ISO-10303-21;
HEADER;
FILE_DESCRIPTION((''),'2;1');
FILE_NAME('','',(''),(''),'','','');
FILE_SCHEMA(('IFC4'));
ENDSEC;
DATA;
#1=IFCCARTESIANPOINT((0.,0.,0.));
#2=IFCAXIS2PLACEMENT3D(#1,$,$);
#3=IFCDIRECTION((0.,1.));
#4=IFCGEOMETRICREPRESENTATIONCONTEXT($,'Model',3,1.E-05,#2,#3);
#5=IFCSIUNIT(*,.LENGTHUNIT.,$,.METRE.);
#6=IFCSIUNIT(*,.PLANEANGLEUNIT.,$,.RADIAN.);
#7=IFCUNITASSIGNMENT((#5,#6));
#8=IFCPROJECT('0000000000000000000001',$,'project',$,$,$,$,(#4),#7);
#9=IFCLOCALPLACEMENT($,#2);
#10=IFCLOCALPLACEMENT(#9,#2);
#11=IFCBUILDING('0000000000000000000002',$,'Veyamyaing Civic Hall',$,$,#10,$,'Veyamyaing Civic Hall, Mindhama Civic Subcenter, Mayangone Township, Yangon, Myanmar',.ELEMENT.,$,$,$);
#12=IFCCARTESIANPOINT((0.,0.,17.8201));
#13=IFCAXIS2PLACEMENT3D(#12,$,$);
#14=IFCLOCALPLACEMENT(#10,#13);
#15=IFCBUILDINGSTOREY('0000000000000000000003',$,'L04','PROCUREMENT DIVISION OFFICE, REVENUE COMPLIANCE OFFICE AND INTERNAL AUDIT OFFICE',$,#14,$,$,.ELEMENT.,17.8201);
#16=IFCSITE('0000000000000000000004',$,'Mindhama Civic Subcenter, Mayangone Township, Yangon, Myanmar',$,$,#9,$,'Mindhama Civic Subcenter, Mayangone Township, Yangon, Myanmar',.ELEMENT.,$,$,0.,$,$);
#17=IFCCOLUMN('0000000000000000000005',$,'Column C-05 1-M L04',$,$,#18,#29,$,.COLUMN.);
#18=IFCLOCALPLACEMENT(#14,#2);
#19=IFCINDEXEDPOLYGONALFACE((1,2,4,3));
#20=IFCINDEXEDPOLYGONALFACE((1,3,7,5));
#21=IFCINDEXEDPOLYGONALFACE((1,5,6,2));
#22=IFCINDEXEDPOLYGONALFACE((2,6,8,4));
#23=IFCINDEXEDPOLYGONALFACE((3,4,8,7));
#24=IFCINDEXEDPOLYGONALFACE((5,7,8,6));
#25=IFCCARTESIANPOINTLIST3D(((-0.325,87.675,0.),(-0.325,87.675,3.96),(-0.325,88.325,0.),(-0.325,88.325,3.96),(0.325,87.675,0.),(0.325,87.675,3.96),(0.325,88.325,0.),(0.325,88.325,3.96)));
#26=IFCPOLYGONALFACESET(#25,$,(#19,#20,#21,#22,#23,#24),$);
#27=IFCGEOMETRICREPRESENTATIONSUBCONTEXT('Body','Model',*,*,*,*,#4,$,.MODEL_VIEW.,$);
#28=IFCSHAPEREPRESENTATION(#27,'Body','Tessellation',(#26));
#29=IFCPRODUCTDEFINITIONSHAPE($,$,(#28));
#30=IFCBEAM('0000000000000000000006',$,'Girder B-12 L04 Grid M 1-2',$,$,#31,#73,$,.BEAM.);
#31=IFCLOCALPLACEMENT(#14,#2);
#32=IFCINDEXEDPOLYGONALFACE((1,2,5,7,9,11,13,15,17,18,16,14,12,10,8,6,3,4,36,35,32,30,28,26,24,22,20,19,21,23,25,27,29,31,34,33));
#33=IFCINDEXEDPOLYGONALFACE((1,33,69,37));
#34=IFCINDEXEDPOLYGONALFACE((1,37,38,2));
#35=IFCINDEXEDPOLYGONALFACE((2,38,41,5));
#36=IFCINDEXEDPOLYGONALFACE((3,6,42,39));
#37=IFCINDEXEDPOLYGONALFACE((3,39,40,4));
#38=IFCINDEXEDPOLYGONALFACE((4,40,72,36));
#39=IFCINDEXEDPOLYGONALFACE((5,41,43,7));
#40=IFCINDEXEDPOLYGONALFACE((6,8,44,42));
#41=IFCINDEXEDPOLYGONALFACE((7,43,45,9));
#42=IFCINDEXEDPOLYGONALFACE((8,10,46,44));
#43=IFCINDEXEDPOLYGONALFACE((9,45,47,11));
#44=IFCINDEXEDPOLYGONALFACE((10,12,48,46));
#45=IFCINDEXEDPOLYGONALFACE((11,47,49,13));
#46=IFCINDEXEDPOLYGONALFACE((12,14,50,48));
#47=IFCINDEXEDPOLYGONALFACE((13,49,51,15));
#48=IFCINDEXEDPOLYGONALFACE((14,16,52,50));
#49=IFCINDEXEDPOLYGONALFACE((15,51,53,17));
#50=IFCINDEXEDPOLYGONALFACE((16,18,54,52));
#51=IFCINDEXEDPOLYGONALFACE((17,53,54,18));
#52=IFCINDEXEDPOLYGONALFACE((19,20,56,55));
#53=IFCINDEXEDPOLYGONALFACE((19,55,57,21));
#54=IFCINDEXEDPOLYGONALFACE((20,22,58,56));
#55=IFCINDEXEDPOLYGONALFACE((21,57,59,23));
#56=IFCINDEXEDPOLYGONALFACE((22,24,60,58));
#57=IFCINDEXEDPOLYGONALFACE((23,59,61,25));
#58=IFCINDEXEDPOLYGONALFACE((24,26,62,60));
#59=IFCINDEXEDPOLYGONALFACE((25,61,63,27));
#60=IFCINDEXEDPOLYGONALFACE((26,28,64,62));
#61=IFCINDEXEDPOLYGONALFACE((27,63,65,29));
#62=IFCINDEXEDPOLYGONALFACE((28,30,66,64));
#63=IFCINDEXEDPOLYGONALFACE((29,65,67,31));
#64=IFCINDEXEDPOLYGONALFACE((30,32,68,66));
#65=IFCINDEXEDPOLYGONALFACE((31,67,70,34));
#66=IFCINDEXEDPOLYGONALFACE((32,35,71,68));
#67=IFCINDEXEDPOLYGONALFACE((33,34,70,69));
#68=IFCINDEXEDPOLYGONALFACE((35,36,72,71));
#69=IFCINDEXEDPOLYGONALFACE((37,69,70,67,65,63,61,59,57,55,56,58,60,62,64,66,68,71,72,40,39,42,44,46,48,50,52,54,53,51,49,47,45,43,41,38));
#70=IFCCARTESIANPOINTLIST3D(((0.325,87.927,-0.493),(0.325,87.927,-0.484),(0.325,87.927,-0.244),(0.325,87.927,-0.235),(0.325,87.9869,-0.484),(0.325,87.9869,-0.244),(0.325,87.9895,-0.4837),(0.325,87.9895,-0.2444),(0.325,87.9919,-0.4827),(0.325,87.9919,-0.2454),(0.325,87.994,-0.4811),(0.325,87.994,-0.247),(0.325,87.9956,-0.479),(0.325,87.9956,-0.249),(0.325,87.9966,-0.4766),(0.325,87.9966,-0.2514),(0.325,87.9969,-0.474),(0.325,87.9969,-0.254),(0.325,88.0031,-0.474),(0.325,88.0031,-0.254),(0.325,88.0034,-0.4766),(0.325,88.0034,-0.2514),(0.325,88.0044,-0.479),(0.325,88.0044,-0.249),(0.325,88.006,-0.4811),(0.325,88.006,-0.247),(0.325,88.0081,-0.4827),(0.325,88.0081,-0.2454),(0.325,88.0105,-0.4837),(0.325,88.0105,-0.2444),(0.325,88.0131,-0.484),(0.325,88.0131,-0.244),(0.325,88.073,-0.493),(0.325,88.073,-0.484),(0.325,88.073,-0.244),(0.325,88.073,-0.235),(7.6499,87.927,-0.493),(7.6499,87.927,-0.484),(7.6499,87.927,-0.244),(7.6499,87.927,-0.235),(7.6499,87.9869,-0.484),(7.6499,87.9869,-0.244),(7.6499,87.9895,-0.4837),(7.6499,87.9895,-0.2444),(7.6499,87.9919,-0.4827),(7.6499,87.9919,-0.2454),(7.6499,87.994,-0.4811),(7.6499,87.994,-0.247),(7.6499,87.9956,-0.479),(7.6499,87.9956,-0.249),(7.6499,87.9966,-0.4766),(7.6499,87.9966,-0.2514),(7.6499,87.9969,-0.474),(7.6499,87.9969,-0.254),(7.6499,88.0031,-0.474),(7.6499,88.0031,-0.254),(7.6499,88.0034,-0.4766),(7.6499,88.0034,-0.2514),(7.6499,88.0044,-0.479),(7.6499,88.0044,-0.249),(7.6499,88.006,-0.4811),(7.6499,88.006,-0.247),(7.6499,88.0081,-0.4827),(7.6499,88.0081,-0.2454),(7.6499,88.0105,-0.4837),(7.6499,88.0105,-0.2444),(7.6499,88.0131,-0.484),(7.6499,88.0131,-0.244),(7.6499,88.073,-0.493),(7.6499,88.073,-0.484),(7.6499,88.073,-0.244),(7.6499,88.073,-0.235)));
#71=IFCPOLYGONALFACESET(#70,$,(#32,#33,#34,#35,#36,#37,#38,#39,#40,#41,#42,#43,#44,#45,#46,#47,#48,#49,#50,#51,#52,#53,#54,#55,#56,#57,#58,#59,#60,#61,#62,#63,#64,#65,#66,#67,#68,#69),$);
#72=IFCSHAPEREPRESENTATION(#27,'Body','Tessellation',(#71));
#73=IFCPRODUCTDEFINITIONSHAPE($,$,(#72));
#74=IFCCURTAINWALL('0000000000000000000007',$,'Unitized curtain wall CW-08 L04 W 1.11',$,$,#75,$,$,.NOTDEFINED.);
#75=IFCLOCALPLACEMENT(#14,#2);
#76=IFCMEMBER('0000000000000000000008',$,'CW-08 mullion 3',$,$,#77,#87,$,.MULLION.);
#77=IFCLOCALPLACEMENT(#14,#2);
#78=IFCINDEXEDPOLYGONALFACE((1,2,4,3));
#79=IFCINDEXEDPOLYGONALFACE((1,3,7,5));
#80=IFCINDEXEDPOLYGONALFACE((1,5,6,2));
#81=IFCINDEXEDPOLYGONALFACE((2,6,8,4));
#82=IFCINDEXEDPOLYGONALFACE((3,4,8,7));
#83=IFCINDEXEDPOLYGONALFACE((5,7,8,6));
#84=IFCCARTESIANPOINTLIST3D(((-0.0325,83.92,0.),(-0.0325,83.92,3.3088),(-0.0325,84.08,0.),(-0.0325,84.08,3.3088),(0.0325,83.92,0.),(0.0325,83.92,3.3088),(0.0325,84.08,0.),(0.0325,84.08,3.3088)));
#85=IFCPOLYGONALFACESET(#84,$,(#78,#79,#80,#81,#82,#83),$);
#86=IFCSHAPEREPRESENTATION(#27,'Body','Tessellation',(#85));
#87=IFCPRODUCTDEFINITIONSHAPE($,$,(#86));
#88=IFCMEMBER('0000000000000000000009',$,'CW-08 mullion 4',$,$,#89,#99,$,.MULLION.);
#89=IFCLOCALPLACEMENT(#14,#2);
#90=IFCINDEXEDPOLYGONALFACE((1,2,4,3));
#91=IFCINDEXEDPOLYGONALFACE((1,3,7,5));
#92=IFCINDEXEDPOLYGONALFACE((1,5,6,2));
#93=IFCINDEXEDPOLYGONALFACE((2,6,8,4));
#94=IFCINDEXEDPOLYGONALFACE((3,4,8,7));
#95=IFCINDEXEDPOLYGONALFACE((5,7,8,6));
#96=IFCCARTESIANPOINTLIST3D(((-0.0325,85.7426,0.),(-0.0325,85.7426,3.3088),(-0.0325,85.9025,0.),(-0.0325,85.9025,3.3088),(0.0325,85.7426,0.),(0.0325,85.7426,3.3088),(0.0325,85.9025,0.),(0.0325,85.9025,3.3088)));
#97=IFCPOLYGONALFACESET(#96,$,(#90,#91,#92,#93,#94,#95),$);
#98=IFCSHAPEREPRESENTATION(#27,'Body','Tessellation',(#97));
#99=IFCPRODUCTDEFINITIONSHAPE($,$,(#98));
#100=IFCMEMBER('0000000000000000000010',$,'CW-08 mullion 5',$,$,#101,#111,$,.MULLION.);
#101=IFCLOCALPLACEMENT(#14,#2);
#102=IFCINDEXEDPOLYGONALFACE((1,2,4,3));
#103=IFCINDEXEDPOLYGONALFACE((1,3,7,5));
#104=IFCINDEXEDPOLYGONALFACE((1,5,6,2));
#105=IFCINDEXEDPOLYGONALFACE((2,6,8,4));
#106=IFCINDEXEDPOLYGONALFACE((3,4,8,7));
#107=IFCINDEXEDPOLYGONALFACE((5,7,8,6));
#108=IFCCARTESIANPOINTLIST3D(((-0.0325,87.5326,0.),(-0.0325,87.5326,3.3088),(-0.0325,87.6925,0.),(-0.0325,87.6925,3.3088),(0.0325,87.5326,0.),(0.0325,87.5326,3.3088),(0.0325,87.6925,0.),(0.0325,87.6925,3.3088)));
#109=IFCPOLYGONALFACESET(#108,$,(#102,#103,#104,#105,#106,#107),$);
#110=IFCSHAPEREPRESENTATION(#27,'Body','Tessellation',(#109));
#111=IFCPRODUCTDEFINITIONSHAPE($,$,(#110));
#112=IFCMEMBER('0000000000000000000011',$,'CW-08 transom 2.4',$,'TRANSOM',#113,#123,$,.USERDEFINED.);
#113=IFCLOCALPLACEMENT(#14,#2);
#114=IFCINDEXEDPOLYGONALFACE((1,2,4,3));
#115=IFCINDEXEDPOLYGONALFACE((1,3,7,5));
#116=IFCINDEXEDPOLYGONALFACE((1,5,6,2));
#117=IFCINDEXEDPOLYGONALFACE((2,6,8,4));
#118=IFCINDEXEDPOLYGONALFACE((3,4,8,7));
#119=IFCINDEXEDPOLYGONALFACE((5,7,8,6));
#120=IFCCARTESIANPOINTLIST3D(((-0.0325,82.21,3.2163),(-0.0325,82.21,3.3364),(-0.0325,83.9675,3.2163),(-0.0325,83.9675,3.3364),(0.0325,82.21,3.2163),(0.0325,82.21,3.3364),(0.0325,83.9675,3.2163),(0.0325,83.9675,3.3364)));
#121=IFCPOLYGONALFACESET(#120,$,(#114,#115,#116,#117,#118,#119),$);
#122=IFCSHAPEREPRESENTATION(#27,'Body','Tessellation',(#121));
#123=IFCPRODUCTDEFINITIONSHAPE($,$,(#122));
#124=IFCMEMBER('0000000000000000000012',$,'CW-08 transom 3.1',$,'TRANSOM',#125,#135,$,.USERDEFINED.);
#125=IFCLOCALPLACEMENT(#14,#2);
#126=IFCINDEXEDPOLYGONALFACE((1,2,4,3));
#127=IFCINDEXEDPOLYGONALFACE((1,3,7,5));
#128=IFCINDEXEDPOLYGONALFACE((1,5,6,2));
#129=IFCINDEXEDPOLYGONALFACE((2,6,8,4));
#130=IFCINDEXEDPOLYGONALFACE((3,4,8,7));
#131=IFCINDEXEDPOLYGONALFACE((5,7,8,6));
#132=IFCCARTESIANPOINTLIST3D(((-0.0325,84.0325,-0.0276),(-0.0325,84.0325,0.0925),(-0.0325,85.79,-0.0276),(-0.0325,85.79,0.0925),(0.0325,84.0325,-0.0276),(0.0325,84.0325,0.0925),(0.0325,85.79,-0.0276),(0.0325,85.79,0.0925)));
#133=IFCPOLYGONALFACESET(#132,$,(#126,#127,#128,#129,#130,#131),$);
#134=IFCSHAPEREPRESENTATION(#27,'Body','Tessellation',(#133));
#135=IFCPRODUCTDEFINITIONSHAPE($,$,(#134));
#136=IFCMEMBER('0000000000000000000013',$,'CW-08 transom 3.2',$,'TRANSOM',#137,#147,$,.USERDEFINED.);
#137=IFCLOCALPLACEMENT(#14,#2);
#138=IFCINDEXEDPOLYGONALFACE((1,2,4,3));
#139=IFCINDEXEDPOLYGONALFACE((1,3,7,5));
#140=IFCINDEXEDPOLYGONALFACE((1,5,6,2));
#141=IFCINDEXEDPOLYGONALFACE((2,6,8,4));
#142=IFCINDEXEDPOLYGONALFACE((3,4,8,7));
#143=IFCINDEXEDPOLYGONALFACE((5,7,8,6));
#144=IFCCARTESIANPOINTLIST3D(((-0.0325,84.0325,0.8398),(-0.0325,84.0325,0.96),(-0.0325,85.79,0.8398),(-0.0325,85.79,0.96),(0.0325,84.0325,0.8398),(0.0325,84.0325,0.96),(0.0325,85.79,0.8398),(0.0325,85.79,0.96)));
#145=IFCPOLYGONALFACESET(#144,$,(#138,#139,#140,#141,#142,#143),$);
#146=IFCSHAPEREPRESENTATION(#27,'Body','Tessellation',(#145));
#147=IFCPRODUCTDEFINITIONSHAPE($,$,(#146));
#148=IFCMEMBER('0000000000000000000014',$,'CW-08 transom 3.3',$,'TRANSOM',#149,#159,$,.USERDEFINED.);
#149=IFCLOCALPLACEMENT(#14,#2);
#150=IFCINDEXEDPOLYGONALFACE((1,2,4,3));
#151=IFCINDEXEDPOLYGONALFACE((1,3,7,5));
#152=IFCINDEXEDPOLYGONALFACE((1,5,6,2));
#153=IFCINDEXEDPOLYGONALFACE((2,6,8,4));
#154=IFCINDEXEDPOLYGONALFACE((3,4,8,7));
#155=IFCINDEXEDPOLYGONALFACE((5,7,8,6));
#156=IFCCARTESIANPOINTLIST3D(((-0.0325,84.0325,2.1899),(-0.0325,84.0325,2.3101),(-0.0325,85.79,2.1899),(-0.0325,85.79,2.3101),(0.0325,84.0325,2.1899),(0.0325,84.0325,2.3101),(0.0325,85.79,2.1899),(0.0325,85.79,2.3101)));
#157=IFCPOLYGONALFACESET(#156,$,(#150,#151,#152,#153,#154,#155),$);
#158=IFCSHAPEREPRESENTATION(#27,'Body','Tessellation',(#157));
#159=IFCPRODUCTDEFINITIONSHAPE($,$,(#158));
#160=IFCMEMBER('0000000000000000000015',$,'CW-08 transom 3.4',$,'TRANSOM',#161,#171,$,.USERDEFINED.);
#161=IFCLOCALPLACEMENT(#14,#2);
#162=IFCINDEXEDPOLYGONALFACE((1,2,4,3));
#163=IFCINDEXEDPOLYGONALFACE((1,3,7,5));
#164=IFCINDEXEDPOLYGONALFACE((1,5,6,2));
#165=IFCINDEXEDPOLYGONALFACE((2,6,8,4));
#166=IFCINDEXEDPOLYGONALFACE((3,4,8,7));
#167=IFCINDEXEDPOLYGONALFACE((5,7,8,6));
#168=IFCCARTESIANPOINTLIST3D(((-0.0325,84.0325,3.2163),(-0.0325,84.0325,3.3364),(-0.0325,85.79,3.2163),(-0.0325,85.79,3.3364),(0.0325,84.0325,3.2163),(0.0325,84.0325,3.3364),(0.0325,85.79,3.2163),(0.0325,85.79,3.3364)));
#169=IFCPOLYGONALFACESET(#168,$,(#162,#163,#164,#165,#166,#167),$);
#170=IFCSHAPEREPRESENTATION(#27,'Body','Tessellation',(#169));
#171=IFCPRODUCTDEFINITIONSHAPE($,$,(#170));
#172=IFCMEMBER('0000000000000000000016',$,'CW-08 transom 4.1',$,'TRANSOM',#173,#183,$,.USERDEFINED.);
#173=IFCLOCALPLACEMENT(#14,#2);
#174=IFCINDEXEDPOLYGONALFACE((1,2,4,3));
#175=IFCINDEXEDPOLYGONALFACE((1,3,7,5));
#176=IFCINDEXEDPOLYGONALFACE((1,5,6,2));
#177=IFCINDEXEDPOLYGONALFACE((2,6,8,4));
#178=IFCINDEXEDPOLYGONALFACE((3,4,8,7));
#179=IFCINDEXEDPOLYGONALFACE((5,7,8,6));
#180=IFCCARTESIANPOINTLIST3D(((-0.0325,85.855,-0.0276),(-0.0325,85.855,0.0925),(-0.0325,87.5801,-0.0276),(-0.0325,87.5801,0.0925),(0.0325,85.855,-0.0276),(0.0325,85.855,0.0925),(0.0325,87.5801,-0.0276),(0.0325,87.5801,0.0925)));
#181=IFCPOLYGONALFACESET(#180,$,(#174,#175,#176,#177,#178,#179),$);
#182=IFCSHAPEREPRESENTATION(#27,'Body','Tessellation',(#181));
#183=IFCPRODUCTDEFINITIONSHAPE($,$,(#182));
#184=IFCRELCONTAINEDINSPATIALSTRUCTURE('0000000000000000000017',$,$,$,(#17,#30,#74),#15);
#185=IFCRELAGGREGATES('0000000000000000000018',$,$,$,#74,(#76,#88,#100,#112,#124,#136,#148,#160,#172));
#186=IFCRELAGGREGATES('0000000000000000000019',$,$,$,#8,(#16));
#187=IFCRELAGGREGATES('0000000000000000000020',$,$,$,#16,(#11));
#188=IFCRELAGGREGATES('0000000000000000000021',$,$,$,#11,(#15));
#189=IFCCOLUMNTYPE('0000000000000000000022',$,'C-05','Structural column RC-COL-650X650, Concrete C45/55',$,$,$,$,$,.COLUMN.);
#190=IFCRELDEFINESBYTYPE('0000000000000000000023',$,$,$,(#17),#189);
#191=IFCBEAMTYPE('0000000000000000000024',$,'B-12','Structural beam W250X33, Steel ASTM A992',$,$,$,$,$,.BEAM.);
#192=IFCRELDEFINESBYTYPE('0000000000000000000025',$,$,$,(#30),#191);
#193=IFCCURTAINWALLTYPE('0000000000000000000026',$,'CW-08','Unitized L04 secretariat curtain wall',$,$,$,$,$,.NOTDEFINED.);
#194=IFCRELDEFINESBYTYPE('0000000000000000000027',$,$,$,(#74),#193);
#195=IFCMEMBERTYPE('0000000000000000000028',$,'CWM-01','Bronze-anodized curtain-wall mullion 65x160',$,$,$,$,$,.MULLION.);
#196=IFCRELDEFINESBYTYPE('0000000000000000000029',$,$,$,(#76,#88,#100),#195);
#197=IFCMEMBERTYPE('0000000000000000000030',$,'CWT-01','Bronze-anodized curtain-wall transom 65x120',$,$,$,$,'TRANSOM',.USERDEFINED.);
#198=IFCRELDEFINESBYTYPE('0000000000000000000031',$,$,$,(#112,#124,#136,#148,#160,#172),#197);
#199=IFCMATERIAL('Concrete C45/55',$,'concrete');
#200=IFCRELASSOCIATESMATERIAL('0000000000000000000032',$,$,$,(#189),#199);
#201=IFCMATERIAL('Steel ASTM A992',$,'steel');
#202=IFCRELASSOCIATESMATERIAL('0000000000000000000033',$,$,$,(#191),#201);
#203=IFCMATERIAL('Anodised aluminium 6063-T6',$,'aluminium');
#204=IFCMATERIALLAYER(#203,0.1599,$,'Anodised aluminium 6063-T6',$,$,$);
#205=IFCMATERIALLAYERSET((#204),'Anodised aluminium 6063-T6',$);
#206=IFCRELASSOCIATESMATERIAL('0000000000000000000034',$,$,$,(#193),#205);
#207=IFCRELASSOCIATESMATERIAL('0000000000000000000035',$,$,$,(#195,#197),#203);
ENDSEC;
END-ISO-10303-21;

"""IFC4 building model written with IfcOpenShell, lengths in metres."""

from ifc_helpers import new_model, si_unit, direction, frame, origin, origin_2d, place, context, subcontext, project, spatial, rectangle, i_section, extrude, material, layer, layer_set, material_profile, profile_set, type_object, element, aggregate, save


model = new_model("IFC4")

# Units and contexts
model_context = context("Model", 3, precision=1e-05, world=origin(), true_north=direction((0.0, 1.0)))
body_context = subcontext(model_context, "Body", "Model", "MODEL_VIEW")
ifc_project = project(units=[si_unit("LENGTHUNIT", "METRE"), si_unit("PLANEANGLEUNIT", "RADIAN")], contexts=[model_context])

# Site, building, storey
site_placement = place(None, origin())
site = spatial("IfcSite", under=ifc_project, at=site_placement, Name="Mindhama Civic Subcenter, Mayangone Township, Yangon, Myanmar", LongName="Mindhama Civic Subcenter, Mayangone Township, Yangon, Myanmar", CompositionType="ELEMENT", RefElevation=0.0)
building_placement = place(site_placement, origin())
building = spatial("IfcBuilding", under=site, at=building_placement, Name="Veyamyaing Civic Hall", LongName="Veyamyaing Civic Hall, Mindhama Civic Subcenter, Mayangone Township, Yangon, Myanmar", CompositionType="ELEMENT")
storey_placement = place(building_placement, frame((0.0, 0.0, 17.8201)))
storey = spatial("IfcBuildingStorey", under=building, at=storey_placement, Name="L04", Description="PROCUREMENT DIVISION OFFICE, REVENUE COMPLIANCE OFFICE AND INTERNAL AUDIT OFFICE", CompositionType="ELEMENT", Elevation=17.8201)

# Column
ifc_material_1 = material(Name="Concrete C45/55", Category="concrete")
ifc_material_profile_1 = material_profile(ifc_material_1, rectangle(XDim=0.6499, YDim=0.6499, at=origin_2d()), Name="RC-COL-650X650")
ifc_profile_set_1 = profile_set([ifc_material_profile_1], Name="Concrete C45/55")
column_type = type_object("IfcColumnType", Name="C-05", Description="Structural column RC-COL-650X650, Concrete C45/55", PredefinedType="COLUMN", material=ifc_profile_set_1)
column_placement = place(storey_placement, frame((0.0, 88.0, 0.0), z_axis=(0.0, 0.0, 1.0), x_axis=(1.0, 0.0, 0.0)))
element("IfcColumn", 1, at=column_placement, inside=storey, type_object=column_type, Name="Column C-05 1-M L04", PredefinedType="COLUMN", context=body_context, shape_type="SweptSolid", body=[
    extrude(rectangle(XDim=0.6499, YDim=0.6499, at=origin_2d()), origin(), (0.0, 0.0, 1.0), 3.96),
])

# Beam
ifc_material_2 = material(Name="Steel ASTM A992", Category="steel")
ifc_material_profile_2 = material_profile(ifc_material_2, i_section(OverallWidth=0.146, OverallDepth=0.2581, WebThickness=0.0061, FlangeThickness=0.009, FilletRadius=0.01, at=origin_2d()), Name="W250X33")
ifc_profile_set_2 = profile_set([ifc_material_profile_2], Name="Steel ASTM A992")
beam_type_1 = type_object("IfcBeamType", Name="B-12", Description="Structural beam W250X33, Steel ASTM A992", PredefinedType="BEAM", material=ifc_profile_set_2)
beam_placement = place(storey_placement, frame((0.325, 88.0, -0.364), z_axis=(1.0, 0.0, 0.0), x_axis=(0.0, 1.0, 0.0)))
element("IfcBeam", 2, at=beam_placement, inside=storey, type_object=beam_type_1, Name="Girder B-12 L04 Grid M 1-2", PredefinedType="BEAM", context=body_context, shape_type="SweptSolid", body=[
    extrude(i_section(OverallWidth=0.146, OverallDepth=0.2581, WebThickness=0.0061, FlangeThickness=0.009, FilletRadius=0.01, at=origin_2d()), origin(), (0.0, 0.0, 1.0), 7.325),
])

# Curtain wall, members
ifc_material_3 = material(Name="Anodised aluminium 6063-T6", Category="aluminium")
ifc_layer_1 = layer(ifc_material_3, 0.1599, Name="Anodised aluminium 6063-T6")
ifc_layer_set_1 = layer_set([ifc_layer_1], Name="Anodised aluminium 6063-T6")
curtain_wall_type = type_object("IfcCurtainWallType", Name="CW-08", Description="Unitized L04 secretariat curtain wall", PredefinedType="NOTDEFINED", material=ifc_layer_set_1)
curtain_wall_placement = place(storey_placement, origin())
curtain_wall = element("IfcCurtainWall", 3, at=curtain_wall_placement, inside=storey, type_object=curtain_wall_type, Name="Unitized curtain wall CW-08 L04 W 1.11", PredefinedType="NOTDEFINED")
ifc_material_profile_3 = material_profile(ifc_material_3, rectangle(XDim=0.0649, YDim=0.1599, at=origin_2d()), Name="ALU-MUL-65X160")
ifc_profile_set_3 = profile_set([ifc_material_profile_3], Name="Anodised aluminium 6063-T6")
member_type_1 = type_object("IfcMemberType", Name="CWM-01", Description="Bronze-anodized curtain-wall mullion 65x160", PredefinedType="MULLION", material=ifc_profile_set_3)
member_1_placement = place(storey_placement, frame((0.0, 84.0, 0.0), z_axis=(0.0, 0.0, 1.0), x_axis=(-1.0, 0.0, 0.0)))
member_1 = element("IfcMember", 4, at=member_1_placement, type_object=member_type_1, Name="CW-08 mullion 3", PredefinedType="MULLION", context=body_context, shape_type="SweptSolid", body=[
    extrude(rectangle(XDim=0.0649, YDim=0.1599, at=origin_2d()), origin(), (0.0, 0.0, 1.0), 3.3088),
])
member_2_placement = place(storey_placement, frame((0.0, 85.8225, 0.0), z_axis=(0.0, 0.0, 1.0), x_axis=(-1.0, 0.0, 0.0)))
member_2 = element("IfcMember", 5, at=member_2_placement, type_object=member_type_1, Name="CW-08 mullion 4", PredefinedType="MULLION", context=body_context, shape_type="SweptSolid", body=[
    extrude(rectangle(XDim=0.0649, YDim=0.1599, at=origin_2d()), origin(), (0.0, 0.0, 1.0), 3.3088),
])
member_3_placement = place(storey_placement, frame((0.0, 87.6125, 0.0), z_axis=(0.0, 0.0, 1.0), x_axis=(-1.0, 0.0, 0.0)))
member_3 = element("IfcMember", 6, at=member_3_placement, type_object=member_type_1, Name="CW-08 mullion 5", PredefinedType="MULLION", context=body_context, shape_type="SweptSolid", body=[
    extrude(rectangle(XDim=0.0649, YDim=0.1599, at=origin_2d()), origin(), (0.0, 0.0, 1.0), 3.3088),
])
ifc_material_profile_4 = material_profile(ifc_material_3, rectangle(XDim=0.0649, YDim=0.1201, at=origin_2d()), Name="ALU-TRN-65X120")
ifc_profile_set_4 = profile_set([ifc_material_profile_4], Name="Anodised aluminium 6063-T6")
member_type_2 = type_object("IfcMemberType", Name="CWT-01", Description="Bronze-anodized curtain-wall transom 65x120", ElementType="TRANSOM", PredefinedType="USERDEFINED", material=ifc_profile_set_4)
member_4_placement = place(storey_placement, frame((0.0, 82.21, 3.2764), z_axis=(0.0, 1.0, 0.0), x_axis=(-1.0, 0.0, 0.0)))
member_4 = element("IfcMember", 7, at=member_4_placement, type_object=member_type_2, Name="CW-08 transom 2.4", ObjectType="TRANSOM", PredefinedType="USERDEFINED", context=body_context, shape_type="SweptSolid", body=[
    extrude(rectangle(XDim=0.0649, YDim=0.1201, at=origin_2d()), origin(), (0.0, 0.0, 1.0), 1.7576),
])
member_5_placement = place(storey_placement, frame((0.0, 84.0325, 0.0325), z_axis=(0.0, 1.0, 0.0), x_axis=(-1.0, 0.0, 0.0)))
member_5 = element("IfcMember", 8, at=member_5_placement, type_object=member_type_2, Name="CW-08 transom 3.1", ObjectType="TRANSOM", PredefinedType="USERDEFINED", context=body_context, shape_type="SweptSolid", body=[
    extrude(rectangle(XDim=0.0649, YDim=0.1201, at=origin_2d()), origin(), (0.0, 0.0, 1.0), 1.7576),
])
member_6_placement = place(storey_placement, frame((0.0, 84.0325, 0.8999), z_axis=(0.0, 1.0, 0.0), x_axis=(-1.0, 0.0, 0.0)))
member_6 = element("IfcMember", 9, at=member_6_placement, type_object=member_type_2, Name="CW-08 transom 3.2", ObjectType="TRANSOM", PredefinedType="USERDEFINED", context=body_context, shape_type="SweptSolid", body=[
    extrude(rectangle(XDim=0.0649, YDim=0.1201, at=origin_2d()), origin(), (0.0, 0.0, 1.0), 1.7576),
])
member_7_placement = place(storey_placement, frame((0.0, 84.0325, 2.25), z_axis=(0.0, 1.0, 0.0), x_axis=(-1.0, 0.0, 0.0)))
member_7 = element("IfcMember", 10, at=member_7_placement, type_object=member_type_2, Name="CW-08 transom 3.3", ObjectType="TRANSOM", PredefinedType="USERDEFINED", context=body_context, shape_type="SweptSolid", body=[
    extrude(rectangle(XDim=0.0649, YDim=0.1201, at=origin_2d()), origin(), (0.0, 0.0, 1.0), 1.7576),
])
member_8_placement = place(storey_placement, frame((0.0, 84.0325, 3.2764), z_axis=(0.0, 1.0, 0.0), x_axis=(-1.0, 0.0, 0.0)))
member_8 = element("IfcMember", 11, at=member_8_placement, type_object=member_type_2, Name="CW-08 transom 3.4", ObjectType="TRANSOM", PredefinedType="USERDEFINED", context=body_context, shape_type="SweptSolid", body=[
    extrude(rectangle(XDim=0.0649, YDim=0.1201, at=origin_2d()), origin(), (0.0, 0.0, 1.0), 1.7576),
])
member_9_placement = place(storey_placement, frame((0.0, 85.855, 0.0325), z_axis=(0.0, 1.0, 0.0), x_axis=(-1.0, 0.0, 0.0)))
member_9 = element("IfcMember", 12, at=member_9_placement, type_object=member_type_2, Name="CW-08 transom 4.1", ObjectType="TRANSOM", PredefinedType="USERDEFINED", context=body_context, shape_type="SweptSolid", body=[
    extrude(rectangle(XDim=0.0649, YDim=0.1201, at=origin_2d()), origin(), (0.0, 0.0, 1.0), 1.7251),
])

aggregate(curtain_wall, [member_1, member_2, member_3, member_4, member_5, member_6, member_7, member_8, member_9])

save(model, "model.ifc")
